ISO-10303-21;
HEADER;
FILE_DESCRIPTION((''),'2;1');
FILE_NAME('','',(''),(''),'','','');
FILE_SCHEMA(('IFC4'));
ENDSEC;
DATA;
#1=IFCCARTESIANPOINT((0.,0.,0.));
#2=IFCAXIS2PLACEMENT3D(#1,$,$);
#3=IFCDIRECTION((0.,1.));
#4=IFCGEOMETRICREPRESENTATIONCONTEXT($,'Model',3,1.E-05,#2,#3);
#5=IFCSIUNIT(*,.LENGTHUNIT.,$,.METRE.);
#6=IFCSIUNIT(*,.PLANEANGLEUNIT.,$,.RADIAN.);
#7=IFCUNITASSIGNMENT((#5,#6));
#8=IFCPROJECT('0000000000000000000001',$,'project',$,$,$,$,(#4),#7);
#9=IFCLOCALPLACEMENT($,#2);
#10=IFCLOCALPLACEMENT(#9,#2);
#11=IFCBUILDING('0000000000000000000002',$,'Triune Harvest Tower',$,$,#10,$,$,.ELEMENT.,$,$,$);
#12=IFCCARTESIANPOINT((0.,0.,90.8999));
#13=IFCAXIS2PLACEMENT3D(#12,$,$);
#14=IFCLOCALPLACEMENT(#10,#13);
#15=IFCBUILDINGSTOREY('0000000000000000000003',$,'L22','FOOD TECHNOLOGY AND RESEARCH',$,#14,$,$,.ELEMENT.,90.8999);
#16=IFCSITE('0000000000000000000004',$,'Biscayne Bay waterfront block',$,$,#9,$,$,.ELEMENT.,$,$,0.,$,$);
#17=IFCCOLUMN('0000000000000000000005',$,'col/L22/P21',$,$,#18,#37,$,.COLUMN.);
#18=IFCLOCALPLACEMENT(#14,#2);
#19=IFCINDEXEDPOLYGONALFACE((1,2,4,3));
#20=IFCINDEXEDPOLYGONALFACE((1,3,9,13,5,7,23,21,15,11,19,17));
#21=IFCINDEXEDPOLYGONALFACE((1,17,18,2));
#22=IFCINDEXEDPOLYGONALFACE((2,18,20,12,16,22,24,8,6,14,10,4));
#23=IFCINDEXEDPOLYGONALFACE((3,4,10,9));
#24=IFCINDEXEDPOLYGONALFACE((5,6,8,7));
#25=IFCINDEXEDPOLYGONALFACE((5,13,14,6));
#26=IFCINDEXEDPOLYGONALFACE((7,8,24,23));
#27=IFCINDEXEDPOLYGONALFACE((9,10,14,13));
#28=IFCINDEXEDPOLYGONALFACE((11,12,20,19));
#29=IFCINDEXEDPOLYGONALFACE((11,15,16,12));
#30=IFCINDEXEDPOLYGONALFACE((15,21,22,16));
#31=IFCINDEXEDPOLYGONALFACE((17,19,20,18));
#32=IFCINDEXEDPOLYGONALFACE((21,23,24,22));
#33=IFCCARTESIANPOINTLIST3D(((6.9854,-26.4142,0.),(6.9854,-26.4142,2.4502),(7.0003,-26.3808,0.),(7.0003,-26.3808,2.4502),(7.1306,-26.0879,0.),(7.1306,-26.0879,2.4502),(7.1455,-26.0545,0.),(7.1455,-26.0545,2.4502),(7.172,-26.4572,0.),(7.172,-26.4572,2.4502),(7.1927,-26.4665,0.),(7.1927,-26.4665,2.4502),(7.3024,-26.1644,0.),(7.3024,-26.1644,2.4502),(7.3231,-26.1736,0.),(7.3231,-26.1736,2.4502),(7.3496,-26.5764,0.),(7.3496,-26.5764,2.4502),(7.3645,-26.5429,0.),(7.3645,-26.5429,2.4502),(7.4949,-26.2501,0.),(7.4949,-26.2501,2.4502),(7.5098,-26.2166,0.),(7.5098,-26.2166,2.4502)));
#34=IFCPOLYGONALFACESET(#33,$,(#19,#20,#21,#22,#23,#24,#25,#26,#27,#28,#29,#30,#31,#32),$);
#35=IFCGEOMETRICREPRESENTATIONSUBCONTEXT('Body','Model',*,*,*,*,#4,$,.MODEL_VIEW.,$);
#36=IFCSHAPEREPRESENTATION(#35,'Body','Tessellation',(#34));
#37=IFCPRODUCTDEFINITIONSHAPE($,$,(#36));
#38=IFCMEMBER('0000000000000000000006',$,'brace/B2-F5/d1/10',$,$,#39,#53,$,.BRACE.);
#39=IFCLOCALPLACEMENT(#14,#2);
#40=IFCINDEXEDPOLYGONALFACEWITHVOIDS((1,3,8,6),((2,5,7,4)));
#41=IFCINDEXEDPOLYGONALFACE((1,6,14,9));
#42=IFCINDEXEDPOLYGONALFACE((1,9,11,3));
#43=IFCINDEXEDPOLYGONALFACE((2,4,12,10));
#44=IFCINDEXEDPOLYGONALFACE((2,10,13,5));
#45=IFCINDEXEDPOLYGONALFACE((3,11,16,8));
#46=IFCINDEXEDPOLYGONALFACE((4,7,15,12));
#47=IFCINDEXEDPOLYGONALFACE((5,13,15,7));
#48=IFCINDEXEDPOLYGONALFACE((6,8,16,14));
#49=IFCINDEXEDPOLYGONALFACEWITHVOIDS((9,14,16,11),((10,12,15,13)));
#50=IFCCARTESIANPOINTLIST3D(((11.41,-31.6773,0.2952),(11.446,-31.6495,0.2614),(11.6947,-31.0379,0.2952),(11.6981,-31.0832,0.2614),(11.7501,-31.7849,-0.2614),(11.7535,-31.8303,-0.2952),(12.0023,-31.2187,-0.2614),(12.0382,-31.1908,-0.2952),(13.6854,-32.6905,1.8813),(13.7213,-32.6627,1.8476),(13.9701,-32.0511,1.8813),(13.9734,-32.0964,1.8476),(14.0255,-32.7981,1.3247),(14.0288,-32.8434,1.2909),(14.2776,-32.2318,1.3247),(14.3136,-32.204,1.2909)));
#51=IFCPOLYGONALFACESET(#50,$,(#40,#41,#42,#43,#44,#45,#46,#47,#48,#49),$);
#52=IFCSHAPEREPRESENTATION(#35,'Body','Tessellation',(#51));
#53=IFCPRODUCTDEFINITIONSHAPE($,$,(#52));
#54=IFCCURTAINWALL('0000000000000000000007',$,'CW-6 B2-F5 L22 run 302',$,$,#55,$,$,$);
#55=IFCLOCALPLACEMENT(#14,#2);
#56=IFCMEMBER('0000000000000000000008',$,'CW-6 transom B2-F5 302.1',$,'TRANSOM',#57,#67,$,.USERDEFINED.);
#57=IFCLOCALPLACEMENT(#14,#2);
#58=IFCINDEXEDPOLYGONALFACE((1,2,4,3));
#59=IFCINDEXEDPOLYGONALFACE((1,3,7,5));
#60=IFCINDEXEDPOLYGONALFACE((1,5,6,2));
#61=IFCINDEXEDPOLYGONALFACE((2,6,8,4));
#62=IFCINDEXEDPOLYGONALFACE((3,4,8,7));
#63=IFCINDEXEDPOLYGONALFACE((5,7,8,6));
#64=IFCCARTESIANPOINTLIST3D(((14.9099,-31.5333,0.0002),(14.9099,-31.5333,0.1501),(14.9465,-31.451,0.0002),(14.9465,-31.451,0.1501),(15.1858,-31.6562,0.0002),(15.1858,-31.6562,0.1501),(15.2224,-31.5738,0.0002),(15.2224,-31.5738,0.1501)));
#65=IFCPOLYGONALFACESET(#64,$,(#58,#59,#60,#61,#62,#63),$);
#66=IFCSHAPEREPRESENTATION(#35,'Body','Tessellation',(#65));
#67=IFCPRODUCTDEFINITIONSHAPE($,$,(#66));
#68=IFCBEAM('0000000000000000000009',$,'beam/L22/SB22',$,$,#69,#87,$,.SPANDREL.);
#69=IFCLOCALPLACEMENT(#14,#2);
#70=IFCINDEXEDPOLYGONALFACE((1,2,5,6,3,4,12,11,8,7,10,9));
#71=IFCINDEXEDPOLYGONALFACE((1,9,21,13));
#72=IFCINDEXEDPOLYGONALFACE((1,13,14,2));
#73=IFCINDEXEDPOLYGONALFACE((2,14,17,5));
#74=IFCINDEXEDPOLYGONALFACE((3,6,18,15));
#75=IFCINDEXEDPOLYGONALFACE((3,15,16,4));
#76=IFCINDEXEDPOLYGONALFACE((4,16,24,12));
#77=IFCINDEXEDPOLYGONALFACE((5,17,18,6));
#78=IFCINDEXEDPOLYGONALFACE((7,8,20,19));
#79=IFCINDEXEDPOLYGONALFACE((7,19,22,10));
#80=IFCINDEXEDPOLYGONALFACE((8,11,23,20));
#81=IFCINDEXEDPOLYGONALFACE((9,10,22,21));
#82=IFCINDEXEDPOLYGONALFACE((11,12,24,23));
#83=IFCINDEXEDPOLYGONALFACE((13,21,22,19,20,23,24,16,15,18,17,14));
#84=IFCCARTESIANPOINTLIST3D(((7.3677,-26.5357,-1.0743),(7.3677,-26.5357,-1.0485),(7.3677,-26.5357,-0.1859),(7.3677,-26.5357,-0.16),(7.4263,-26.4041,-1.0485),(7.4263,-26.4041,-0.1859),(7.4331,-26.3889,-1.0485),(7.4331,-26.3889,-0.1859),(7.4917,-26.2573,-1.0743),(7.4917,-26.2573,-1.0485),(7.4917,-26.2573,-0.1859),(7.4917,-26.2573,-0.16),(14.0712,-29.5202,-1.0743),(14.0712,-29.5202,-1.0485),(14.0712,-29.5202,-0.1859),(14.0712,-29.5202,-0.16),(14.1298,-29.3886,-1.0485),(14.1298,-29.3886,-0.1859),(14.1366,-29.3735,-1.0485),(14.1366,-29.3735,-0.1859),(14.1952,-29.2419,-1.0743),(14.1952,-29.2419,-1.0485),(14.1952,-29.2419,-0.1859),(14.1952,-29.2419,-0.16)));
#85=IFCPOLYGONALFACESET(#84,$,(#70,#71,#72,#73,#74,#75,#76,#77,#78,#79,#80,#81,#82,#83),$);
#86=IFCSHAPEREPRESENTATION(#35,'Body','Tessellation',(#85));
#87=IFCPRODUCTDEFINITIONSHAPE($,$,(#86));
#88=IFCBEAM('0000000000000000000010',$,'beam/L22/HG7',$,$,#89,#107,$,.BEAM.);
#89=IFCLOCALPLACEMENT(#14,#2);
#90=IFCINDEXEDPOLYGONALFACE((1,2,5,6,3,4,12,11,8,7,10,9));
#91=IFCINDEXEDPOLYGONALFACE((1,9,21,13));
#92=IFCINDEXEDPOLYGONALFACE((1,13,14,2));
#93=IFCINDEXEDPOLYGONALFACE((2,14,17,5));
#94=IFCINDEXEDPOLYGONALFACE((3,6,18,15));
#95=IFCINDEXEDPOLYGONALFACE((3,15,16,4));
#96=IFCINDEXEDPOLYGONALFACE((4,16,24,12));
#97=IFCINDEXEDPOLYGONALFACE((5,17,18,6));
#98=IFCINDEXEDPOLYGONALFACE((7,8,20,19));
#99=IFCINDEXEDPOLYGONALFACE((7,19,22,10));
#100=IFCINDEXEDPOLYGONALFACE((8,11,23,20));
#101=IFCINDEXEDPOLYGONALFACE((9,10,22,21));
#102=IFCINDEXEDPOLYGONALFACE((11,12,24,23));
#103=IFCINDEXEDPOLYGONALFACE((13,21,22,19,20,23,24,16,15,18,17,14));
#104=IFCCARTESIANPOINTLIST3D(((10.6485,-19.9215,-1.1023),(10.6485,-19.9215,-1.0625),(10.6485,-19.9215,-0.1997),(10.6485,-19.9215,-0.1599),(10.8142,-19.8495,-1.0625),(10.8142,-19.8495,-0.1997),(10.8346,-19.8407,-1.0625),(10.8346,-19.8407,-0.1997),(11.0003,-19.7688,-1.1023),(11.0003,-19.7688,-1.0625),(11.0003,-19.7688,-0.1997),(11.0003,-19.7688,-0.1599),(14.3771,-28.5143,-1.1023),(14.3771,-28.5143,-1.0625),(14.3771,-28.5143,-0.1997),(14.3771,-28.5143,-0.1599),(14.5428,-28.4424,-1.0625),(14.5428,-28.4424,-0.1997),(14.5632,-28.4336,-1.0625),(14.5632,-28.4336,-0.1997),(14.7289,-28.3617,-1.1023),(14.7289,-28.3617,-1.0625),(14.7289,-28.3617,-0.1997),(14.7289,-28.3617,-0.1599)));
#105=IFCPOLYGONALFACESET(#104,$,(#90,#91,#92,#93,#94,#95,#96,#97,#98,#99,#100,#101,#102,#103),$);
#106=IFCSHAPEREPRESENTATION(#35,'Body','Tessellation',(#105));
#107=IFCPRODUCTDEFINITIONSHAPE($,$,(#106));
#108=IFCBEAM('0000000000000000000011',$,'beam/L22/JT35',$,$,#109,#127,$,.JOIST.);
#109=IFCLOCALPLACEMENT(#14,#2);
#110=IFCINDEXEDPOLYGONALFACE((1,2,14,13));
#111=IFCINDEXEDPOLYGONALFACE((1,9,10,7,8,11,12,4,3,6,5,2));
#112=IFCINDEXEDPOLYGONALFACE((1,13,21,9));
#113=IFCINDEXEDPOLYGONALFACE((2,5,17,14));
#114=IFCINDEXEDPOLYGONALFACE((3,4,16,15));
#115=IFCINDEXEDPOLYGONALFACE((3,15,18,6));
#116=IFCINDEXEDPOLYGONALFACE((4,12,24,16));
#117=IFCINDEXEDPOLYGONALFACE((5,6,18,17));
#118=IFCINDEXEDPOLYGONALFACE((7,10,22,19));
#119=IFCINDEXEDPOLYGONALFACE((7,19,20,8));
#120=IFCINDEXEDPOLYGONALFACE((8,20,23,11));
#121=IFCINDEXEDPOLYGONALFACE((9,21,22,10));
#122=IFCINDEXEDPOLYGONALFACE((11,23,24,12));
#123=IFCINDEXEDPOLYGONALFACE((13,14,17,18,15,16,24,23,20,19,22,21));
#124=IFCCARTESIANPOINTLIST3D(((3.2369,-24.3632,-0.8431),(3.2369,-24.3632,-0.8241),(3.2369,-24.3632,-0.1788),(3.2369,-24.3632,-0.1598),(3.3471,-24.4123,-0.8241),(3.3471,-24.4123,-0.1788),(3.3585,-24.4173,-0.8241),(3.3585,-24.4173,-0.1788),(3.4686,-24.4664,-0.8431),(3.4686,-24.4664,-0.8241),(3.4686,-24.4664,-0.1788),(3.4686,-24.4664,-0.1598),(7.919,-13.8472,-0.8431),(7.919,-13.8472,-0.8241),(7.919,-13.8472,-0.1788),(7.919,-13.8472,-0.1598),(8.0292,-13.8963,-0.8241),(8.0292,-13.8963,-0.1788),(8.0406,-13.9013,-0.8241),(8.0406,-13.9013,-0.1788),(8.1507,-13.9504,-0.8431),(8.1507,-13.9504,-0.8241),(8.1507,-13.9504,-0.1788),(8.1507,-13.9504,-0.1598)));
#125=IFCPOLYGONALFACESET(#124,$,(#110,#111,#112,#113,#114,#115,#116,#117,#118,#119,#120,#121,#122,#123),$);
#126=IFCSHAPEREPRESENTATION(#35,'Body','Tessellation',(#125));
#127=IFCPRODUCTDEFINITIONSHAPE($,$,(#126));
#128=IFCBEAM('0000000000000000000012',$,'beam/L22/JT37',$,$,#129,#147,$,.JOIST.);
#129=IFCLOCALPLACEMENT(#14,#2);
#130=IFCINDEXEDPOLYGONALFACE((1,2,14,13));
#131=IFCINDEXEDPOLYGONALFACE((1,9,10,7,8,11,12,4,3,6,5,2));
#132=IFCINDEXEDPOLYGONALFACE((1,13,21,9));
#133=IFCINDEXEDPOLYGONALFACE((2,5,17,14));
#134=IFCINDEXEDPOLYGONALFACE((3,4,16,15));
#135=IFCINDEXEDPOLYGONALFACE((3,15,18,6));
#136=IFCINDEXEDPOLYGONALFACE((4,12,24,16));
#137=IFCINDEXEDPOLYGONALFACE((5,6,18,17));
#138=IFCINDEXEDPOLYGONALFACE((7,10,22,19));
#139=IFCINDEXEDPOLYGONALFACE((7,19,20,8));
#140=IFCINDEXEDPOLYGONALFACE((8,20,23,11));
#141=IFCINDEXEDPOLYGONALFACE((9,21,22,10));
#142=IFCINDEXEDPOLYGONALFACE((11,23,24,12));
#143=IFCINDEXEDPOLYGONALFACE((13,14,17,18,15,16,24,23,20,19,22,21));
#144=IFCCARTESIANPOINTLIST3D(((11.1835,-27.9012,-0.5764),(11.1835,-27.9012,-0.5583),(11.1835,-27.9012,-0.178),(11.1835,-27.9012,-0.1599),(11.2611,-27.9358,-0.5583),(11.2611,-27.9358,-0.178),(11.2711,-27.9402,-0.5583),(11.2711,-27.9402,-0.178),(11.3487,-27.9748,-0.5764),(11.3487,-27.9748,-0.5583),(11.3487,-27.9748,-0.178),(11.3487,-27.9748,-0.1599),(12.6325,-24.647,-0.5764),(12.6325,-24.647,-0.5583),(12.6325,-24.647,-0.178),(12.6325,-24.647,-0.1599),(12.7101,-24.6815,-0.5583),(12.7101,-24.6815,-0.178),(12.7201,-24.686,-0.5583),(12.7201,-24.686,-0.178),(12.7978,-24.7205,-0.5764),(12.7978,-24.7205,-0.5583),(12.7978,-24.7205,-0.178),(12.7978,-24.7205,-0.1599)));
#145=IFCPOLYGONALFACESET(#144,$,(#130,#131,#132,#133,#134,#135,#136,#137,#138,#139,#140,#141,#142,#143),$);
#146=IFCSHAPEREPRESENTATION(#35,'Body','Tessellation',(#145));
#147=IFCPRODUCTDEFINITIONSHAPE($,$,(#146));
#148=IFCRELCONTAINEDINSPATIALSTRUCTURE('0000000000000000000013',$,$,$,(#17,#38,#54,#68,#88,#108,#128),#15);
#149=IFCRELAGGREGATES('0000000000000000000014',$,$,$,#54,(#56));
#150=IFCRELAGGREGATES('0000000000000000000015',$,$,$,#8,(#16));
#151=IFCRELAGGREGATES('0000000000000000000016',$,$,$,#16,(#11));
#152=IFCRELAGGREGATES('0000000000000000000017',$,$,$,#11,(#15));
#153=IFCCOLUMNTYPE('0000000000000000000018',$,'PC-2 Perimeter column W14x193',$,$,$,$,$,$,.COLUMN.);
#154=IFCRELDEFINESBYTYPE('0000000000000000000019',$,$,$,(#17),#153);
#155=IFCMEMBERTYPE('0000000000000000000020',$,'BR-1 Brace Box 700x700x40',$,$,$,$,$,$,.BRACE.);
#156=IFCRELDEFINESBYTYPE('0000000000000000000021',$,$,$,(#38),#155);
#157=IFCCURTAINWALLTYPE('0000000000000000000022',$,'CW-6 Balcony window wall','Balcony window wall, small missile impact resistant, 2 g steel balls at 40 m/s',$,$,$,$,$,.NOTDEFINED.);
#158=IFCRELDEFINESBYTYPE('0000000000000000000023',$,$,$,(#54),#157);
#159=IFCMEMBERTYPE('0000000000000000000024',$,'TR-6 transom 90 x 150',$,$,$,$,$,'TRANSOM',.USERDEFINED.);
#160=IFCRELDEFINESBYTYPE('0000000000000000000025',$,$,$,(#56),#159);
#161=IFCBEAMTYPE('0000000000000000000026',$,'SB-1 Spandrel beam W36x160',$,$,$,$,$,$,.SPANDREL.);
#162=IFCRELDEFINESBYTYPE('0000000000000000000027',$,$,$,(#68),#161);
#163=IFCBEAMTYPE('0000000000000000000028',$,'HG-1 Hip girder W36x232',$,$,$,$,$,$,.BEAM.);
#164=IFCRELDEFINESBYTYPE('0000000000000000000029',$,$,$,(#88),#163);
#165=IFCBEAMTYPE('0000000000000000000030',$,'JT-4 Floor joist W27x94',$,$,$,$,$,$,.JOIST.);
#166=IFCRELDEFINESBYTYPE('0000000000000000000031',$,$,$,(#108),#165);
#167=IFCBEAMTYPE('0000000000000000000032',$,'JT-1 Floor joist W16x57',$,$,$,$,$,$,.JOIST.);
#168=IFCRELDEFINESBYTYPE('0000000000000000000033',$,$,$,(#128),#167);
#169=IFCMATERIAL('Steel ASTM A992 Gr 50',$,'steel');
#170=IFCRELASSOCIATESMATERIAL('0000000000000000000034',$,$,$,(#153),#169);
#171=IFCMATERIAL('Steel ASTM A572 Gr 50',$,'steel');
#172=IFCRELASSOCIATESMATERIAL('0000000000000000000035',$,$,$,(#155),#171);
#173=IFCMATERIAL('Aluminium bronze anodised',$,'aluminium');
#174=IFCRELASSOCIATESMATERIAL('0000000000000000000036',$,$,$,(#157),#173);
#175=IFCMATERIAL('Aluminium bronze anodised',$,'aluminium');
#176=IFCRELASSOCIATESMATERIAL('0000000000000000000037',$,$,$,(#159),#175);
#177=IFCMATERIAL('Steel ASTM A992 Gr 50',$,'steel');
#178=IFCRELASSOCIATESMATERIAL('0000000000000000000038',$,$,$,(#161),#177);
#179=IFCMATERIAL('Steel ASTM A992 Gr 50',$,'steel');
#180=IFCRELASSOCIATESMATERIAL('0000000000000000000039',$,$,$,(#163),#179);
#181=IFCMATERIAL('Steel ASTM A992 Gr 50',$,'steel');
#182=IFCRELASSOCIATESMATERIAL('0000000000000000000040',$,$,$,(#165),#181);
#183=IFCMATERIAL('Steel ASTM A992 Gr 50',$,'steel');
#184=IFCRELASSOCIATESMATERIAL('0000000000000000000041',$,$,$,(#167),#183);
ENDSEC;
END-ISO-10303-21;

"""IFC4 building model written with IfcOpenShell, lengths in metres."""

from ifc_helpers import new_model, si_unit, direction, frame, origin, origin_2d, place, context, subcontext, project, spatial, rectangle, hollow_rectangle, i_section, extrude, source, transform, mapped, material, material_profile, profile_set, type_object, element, aggregate, save


model = new_model("IFC4")

# Units and contexts
model_context = context("Model", 3, precision=1e-05, world=origin(), true_north=direction((0.0, 1.0)))
body_context = subcontext(model_context, "Body", "Model", "MODEL_VIEW")
ifc_project = project(units=[si_unit("LENGTHUNIT", "METRE"), si_unit("PLANEANGLEUNIT", "RADIAN")], contexts=[model_context])

# Site, building, storey
site_placement = place(None, origin())
site = spatial("IfcSite", under=ifc_project, at=site_placement, Name="Biscayne Bay waterfront block", CompositionType="ELEMENT", RefElevation=0.0)
building_placement = place(site_placement, origin())
building = spatial("IfcBuilding", under=site, at=building_placement, Name="Triune Harvest Tower", CompositionType="ELEMENT")
storey_placement = place(building_placement, frame((0.0, 0.0, 90.8999)))
storey = spatial("IfcBuildingStorey", under=building, at=storey_placement, Name="L22", Description="FOOD TECHNOLOGY AND RESEARCH", CompositionType="ELEMENT", Elevation=90.8999)

# Column
ifc_material_1 = material(Name="Steel ASTM A992 Gr 50", Category="steel")
ifc_material_profile_1 = material_profile(ifc_material_1, i_section(OverallWidth=0.3987, OverallDepth=0.3938, WebThickness=0.0227, FlangeThickness=0.0366, at=origin_2d()), Name="W14x193")
ifc_profile_set_1 = profile_set([ifc_material_profile_1], Name="Steel ASTM A992 Gr 50")
column_type = type_object("IfcColumnType", Name="PC-2 Perimeter column W14x193", PredefinedType="COLUMN", material=ifc_profile_set_1)
shared_shape_1 = source(origin(), body_context, "Body", "SweptSolid", [
    extrude(i_section(OverallWidth=0.3987, OverallDepth=0.3938, WebThickness=0.0227, FlangeThickness=0.0366, at=origin_2d()), origin(), (0.0, 0.0, 1.0), 2.4502),
])
column_placement = place(storey_placement, frame((7.2476, -26.3154, 0.0), z_axis=(0.0, 0.0, 1.0), x_axis=(0.913545, -0.406737, 0.0)))
element("IfcColumn", 1, at=column_placement, inside=storey, type_object=column_type, Name="col/L22/P21", PredefinedType="COLUMN", context=body_context, shape_type="MappedRepresentation", body=[
    mapped(shared_shape_1, transform((0.0, 0.0, 0.0), scale=1.0)),
])

# Member
ifc_material_2 = material(Name="Steel ASTM A572 Gr 50", Category="steel")
ifc_material_profile_2 = material_profile(ifc_material_2, hollow_rectangle(XDim=0.7, YDim=0.7, WallThickness=0.04, at=origin_2d()), Name="Box 700x700x40")
ifc_profile_set_2 = profile_set([ifc_material_profile_2], Name="Steel ASTM A572 Gr 50")
member_type_1 = type_object("IfcMemberType", Name="BR-1 Brace Box 700x700x40", PredefinedType="BRACE", material=ifc_profile_set_2)
member_1_placement = place(storey_placement, frame((11.7241, -31.4341, 0.0), z_axis=(0.770548, -0.343109, 0.537151), x_axis=(0.406775, 0.913528, 0.0)))
element("IfcMember", 2, at=member_1_placement, inside=storey, type_object=member_type_1, Name="brace/B2-F5/d1/10", PredefinedType="BRACE", context=body_context, shape_type="SweptSolid", body=[
    extrude(hollow_rectangle(XDim=0.7, YDim=0.7, WallThickness=0.04, at=origin_2d()), origin(), (0.0, 0.0, 1.0), 2.9529),
])

# Curtain wall, member
ifc_material_3 = material(Name="Aluminium bronze anodised", Category="aluminium")
curtain_wall_type_1 = type_object("IfcCurtainWallType", Name="CW-6 Balcony window wall", Description="Balcony window wall, small missile impact resistant, 2 g steel balls at 40 m/s", PredefinedType="NOTDEFINED", material=ifc_material_3)
curtain_wall_1_placement = place(storey_placement, origin())
curtain_wall_1 = element("IfcCurtainWall", 3, at=curtain_wall_1_placement, inside=storey, type_object=curtain_wall_type_1, Name="CW-6 B2-F5 L22 run 302")
ifc_material_4 = material(Name="Aluminium bronze anodised", Category="aluminium")
ifc_material_profile_3 = material_profile(ifc_material_4, rectangle(XDim=0.0901, YDim=0.1499, at=origin_2d()), Name="TR-6 transom 90 x 150")
ifc_profile_set_3 = profile_set([ifc_material_profile_3], Name="Aluminium bronze anodised")
member_type_2 = type_object("IfcMemberType", Name="TR-6 transom 90 x 150", ElementType="TRANSOM", PredefinedType="USERDEFINED", material=ifc_profile_set_3)
member_2_placement = place(storey_placement, frame((14.9282, -31.4922, 0.0752), z_axis=(0.913578, -0.406663, 0.0), x_axis=(0.406663, 0.913578, 0.0)))
member_2 = element("IfcMember", 4, at=member_2_placement, type_object=member_type_2, Name="CW-6 transom B2-F5 302.1", ObjectType="TRANSOM", PredefinedType="USERDEFINED", context=body_context, shape_type="SweptSolid", body=[
    extrude(rectangle(XDim=0.0901, YDim=0.1499, at=origin_2d()), origin(), (0.0, 0.0, 1.0), 0.302),
])

# Beams
ifc_material_5 = material(Name="Steel ASTM A992 Gr 50", Category="steel")
ifc_material_profile_4 = material_profile(ifc_material_5, i_section(OverallWidth=0.3047, OverallDepth=0.9143, WebThickness=0.0166, FlangeThickness=0.0259, at=origin_2d()), Name="W36x160")
ifc_profile_set_4 = profile_set([ifc_material_profile_4], Name="Steel ASTM A992 Gr 50")
beam_type_1 = type_object("IfcBeamType", Name="SB-1 Spandrel beam W36x160", PredefinedType="SPANDREL", material=ifc_profile_set_4)
shared_shape_2 = source(origin(), body_context, "Body", "SweptSolid", [
    extrude(i_section(OverallWidth=0.3047, OverallDepth=0.9143, WebThickness=0.0166, FlangeThickness=0.0259, at=origin_2d()), origin(), (0.0, 0.0, 1.0), 7.3379),
])
beam_1_placement = place(storey_placement, frame((7.4297, -26.3965, -0.6172), z_axis=(0.913547, -0.406734, 0.0), x_axis=(0.406734, 0.913547, 0.0)))
element("IfcBeam", 5, at=beam_1_placement, inside=storey, type_object=beam_type_1, Name="beam/L22/SB22", PredefinedType="SPANDREL", context=body_context, shape_type="MappedRepresentation", body=[
    mapped(shared_shape_2, transform((0.0, 0.0, 0.0), scale=1.0)),
])
ifc_material_6 = material(Name="Steel ASTM A992 Gr 50", Category="steel")
ifc_material_profile_5 = material_profile(ifc_material_6, i_section(OverallWidth=0.3835, OverallDepth=0.9424, WebThickness=0.0222, FlangeThickness=0.0398, at=origin_2d()), Name="W36x232")
ifc_profile_set_5 = profile_set([ifc_material_profile_5], Name="Steel ASTM A992 Gr 50")
beam_type_2 = type_object("IfcBeamType", Name="HG-1 Hip girder W36x232", PredefinedType="BEAM", material=ifc_profile_set_5)
shared_shape_3 = source(origin(), body_context, "Body", "SweptSolid", [
    extrude(i_section(OverallWidth=0.3835, OverallDepth=0.9424, WebThickness=0.0222, FlangeThickness=0.0398, at=origin_2d()), origin(), (0.0, 0.0, 1.0), 9.3669),
])
beam_2_placement = place(storey_placement, frame((14.553, -28.438, -0.6311), z_axis=(-0.398055, 0.917362, 0.0), x_axis=(-0.917362, -0.398055, 0.0)))
element("IfcBeam", 6, at=beam_2_placement, inside=storey, type_object=beam_type_2, Name="beam/L22/HG7", PredefinedType="BEAM", context=body_context, shape_type="MappedRepresentation", body=[
    mapped(shared_shape_3, transform((0.0, 0.0, 0.0), scale=1.0)),
])
ifc_material_7 = material(Name="Steel ASTM A992 Gr 50", Category="steel")
ifc_material_profile_6 = material_profile(ifc_material_7, i_section(OverallWidth=0.2537, OverallDepth=0.6833, WebThickness=0.0125, FlangeThickness=0.019, at=origin_2d()), Name="W27x94")
ifc_profile_set_6 = profile_set([ifc_material_profile_6], Name="Steel ASTM A992 Gr 50")
beam_type_3 = type_object("IfcBeamType", Name="JT-4 Floor joist W27x94", PredefinedType="JOIST", material=ifc_profile_set_6)
shared_shape_4 = source(origin(), body_context, "Body", "SweptSolid", [
    extrude(i_section(OverallWidth=0.2537, OverallDepth=0.6833, WebThickness=0.0125, FlangeThickness=0.019, at=origin_2d()), origin(), (0.0, 0.0, 1.0), 11.5112),
])
beam_3_placement = place(storey_placement, frame((3.3528, -24.4148, -0.5015), z_axis=(0.406741, 0.913544, 0.0), x_axis=(-0.913544, 0.406741, 0.0)))
element("IfcBeam", 7, at=beam_3_placement, inside=storey, type_object=beam_type_3, Name="beam/L22/JT35", PredefinedType="JOIST", context=body_context, shape_type="MappedRepresentation", body=[
    mapped(shared_shape_4, transform((0.0, 0.0, 0.0), scale=1.0)),
])
ifc_material_8 = material(Name="Steel ASTM A992 Gr 50", Category="steel")
ifc_material_profile_7 = material_profile(ifc_material_8, i_section(OverallWidth=0.1809, OverallDepth=0.4165, WebThickness=0.011, FlangeThickness=0.0181, at=origin_2d()), Name="W16x57")
ifc_profile_set_7 = profile_set([ifc_material_profile_7], Name="Steel ASTM A992 Gr 50")
beam_type_4 = type_object("IfcBeamType", Name="JT-1 Floor joist W16x57", PredefinedType="JOIST", material=ifc_profile_set_7)
shared_shape_5 = source(origin(), body_context, "Body", "SweptSolid", [
    extrude(i_section(OverallWidth=0.1809, OverallDepth=0.4165, WebThickness=0.011, FlangeThickness=0.0181, at=origin_2d()), origin(), (0.0, 0.0, 1.0), 3.5623),
])
beam_4_placement = place(storey_placement, frame((11.2661, -27.938, -0.3682), z_axis=(0.406768, 0.913532, 0.0), x_axis=(-0.913532, 0.406768, 0.0)))
element("IfcBeam", 8, at=beam_4_placement, inside=storey, type_object=beam_type_4, Name="beam/L22/JT37", PredefinedType="JOIST", context=body_context, shape_type="MappedRepresentation", body=[
    mapped(shared_shape_5, transform((0.0, 0.0, 0.0), scale=1.0)),
])

aggregate(curtain_wall_1, [member_2])

save(model, "model.ifc")
